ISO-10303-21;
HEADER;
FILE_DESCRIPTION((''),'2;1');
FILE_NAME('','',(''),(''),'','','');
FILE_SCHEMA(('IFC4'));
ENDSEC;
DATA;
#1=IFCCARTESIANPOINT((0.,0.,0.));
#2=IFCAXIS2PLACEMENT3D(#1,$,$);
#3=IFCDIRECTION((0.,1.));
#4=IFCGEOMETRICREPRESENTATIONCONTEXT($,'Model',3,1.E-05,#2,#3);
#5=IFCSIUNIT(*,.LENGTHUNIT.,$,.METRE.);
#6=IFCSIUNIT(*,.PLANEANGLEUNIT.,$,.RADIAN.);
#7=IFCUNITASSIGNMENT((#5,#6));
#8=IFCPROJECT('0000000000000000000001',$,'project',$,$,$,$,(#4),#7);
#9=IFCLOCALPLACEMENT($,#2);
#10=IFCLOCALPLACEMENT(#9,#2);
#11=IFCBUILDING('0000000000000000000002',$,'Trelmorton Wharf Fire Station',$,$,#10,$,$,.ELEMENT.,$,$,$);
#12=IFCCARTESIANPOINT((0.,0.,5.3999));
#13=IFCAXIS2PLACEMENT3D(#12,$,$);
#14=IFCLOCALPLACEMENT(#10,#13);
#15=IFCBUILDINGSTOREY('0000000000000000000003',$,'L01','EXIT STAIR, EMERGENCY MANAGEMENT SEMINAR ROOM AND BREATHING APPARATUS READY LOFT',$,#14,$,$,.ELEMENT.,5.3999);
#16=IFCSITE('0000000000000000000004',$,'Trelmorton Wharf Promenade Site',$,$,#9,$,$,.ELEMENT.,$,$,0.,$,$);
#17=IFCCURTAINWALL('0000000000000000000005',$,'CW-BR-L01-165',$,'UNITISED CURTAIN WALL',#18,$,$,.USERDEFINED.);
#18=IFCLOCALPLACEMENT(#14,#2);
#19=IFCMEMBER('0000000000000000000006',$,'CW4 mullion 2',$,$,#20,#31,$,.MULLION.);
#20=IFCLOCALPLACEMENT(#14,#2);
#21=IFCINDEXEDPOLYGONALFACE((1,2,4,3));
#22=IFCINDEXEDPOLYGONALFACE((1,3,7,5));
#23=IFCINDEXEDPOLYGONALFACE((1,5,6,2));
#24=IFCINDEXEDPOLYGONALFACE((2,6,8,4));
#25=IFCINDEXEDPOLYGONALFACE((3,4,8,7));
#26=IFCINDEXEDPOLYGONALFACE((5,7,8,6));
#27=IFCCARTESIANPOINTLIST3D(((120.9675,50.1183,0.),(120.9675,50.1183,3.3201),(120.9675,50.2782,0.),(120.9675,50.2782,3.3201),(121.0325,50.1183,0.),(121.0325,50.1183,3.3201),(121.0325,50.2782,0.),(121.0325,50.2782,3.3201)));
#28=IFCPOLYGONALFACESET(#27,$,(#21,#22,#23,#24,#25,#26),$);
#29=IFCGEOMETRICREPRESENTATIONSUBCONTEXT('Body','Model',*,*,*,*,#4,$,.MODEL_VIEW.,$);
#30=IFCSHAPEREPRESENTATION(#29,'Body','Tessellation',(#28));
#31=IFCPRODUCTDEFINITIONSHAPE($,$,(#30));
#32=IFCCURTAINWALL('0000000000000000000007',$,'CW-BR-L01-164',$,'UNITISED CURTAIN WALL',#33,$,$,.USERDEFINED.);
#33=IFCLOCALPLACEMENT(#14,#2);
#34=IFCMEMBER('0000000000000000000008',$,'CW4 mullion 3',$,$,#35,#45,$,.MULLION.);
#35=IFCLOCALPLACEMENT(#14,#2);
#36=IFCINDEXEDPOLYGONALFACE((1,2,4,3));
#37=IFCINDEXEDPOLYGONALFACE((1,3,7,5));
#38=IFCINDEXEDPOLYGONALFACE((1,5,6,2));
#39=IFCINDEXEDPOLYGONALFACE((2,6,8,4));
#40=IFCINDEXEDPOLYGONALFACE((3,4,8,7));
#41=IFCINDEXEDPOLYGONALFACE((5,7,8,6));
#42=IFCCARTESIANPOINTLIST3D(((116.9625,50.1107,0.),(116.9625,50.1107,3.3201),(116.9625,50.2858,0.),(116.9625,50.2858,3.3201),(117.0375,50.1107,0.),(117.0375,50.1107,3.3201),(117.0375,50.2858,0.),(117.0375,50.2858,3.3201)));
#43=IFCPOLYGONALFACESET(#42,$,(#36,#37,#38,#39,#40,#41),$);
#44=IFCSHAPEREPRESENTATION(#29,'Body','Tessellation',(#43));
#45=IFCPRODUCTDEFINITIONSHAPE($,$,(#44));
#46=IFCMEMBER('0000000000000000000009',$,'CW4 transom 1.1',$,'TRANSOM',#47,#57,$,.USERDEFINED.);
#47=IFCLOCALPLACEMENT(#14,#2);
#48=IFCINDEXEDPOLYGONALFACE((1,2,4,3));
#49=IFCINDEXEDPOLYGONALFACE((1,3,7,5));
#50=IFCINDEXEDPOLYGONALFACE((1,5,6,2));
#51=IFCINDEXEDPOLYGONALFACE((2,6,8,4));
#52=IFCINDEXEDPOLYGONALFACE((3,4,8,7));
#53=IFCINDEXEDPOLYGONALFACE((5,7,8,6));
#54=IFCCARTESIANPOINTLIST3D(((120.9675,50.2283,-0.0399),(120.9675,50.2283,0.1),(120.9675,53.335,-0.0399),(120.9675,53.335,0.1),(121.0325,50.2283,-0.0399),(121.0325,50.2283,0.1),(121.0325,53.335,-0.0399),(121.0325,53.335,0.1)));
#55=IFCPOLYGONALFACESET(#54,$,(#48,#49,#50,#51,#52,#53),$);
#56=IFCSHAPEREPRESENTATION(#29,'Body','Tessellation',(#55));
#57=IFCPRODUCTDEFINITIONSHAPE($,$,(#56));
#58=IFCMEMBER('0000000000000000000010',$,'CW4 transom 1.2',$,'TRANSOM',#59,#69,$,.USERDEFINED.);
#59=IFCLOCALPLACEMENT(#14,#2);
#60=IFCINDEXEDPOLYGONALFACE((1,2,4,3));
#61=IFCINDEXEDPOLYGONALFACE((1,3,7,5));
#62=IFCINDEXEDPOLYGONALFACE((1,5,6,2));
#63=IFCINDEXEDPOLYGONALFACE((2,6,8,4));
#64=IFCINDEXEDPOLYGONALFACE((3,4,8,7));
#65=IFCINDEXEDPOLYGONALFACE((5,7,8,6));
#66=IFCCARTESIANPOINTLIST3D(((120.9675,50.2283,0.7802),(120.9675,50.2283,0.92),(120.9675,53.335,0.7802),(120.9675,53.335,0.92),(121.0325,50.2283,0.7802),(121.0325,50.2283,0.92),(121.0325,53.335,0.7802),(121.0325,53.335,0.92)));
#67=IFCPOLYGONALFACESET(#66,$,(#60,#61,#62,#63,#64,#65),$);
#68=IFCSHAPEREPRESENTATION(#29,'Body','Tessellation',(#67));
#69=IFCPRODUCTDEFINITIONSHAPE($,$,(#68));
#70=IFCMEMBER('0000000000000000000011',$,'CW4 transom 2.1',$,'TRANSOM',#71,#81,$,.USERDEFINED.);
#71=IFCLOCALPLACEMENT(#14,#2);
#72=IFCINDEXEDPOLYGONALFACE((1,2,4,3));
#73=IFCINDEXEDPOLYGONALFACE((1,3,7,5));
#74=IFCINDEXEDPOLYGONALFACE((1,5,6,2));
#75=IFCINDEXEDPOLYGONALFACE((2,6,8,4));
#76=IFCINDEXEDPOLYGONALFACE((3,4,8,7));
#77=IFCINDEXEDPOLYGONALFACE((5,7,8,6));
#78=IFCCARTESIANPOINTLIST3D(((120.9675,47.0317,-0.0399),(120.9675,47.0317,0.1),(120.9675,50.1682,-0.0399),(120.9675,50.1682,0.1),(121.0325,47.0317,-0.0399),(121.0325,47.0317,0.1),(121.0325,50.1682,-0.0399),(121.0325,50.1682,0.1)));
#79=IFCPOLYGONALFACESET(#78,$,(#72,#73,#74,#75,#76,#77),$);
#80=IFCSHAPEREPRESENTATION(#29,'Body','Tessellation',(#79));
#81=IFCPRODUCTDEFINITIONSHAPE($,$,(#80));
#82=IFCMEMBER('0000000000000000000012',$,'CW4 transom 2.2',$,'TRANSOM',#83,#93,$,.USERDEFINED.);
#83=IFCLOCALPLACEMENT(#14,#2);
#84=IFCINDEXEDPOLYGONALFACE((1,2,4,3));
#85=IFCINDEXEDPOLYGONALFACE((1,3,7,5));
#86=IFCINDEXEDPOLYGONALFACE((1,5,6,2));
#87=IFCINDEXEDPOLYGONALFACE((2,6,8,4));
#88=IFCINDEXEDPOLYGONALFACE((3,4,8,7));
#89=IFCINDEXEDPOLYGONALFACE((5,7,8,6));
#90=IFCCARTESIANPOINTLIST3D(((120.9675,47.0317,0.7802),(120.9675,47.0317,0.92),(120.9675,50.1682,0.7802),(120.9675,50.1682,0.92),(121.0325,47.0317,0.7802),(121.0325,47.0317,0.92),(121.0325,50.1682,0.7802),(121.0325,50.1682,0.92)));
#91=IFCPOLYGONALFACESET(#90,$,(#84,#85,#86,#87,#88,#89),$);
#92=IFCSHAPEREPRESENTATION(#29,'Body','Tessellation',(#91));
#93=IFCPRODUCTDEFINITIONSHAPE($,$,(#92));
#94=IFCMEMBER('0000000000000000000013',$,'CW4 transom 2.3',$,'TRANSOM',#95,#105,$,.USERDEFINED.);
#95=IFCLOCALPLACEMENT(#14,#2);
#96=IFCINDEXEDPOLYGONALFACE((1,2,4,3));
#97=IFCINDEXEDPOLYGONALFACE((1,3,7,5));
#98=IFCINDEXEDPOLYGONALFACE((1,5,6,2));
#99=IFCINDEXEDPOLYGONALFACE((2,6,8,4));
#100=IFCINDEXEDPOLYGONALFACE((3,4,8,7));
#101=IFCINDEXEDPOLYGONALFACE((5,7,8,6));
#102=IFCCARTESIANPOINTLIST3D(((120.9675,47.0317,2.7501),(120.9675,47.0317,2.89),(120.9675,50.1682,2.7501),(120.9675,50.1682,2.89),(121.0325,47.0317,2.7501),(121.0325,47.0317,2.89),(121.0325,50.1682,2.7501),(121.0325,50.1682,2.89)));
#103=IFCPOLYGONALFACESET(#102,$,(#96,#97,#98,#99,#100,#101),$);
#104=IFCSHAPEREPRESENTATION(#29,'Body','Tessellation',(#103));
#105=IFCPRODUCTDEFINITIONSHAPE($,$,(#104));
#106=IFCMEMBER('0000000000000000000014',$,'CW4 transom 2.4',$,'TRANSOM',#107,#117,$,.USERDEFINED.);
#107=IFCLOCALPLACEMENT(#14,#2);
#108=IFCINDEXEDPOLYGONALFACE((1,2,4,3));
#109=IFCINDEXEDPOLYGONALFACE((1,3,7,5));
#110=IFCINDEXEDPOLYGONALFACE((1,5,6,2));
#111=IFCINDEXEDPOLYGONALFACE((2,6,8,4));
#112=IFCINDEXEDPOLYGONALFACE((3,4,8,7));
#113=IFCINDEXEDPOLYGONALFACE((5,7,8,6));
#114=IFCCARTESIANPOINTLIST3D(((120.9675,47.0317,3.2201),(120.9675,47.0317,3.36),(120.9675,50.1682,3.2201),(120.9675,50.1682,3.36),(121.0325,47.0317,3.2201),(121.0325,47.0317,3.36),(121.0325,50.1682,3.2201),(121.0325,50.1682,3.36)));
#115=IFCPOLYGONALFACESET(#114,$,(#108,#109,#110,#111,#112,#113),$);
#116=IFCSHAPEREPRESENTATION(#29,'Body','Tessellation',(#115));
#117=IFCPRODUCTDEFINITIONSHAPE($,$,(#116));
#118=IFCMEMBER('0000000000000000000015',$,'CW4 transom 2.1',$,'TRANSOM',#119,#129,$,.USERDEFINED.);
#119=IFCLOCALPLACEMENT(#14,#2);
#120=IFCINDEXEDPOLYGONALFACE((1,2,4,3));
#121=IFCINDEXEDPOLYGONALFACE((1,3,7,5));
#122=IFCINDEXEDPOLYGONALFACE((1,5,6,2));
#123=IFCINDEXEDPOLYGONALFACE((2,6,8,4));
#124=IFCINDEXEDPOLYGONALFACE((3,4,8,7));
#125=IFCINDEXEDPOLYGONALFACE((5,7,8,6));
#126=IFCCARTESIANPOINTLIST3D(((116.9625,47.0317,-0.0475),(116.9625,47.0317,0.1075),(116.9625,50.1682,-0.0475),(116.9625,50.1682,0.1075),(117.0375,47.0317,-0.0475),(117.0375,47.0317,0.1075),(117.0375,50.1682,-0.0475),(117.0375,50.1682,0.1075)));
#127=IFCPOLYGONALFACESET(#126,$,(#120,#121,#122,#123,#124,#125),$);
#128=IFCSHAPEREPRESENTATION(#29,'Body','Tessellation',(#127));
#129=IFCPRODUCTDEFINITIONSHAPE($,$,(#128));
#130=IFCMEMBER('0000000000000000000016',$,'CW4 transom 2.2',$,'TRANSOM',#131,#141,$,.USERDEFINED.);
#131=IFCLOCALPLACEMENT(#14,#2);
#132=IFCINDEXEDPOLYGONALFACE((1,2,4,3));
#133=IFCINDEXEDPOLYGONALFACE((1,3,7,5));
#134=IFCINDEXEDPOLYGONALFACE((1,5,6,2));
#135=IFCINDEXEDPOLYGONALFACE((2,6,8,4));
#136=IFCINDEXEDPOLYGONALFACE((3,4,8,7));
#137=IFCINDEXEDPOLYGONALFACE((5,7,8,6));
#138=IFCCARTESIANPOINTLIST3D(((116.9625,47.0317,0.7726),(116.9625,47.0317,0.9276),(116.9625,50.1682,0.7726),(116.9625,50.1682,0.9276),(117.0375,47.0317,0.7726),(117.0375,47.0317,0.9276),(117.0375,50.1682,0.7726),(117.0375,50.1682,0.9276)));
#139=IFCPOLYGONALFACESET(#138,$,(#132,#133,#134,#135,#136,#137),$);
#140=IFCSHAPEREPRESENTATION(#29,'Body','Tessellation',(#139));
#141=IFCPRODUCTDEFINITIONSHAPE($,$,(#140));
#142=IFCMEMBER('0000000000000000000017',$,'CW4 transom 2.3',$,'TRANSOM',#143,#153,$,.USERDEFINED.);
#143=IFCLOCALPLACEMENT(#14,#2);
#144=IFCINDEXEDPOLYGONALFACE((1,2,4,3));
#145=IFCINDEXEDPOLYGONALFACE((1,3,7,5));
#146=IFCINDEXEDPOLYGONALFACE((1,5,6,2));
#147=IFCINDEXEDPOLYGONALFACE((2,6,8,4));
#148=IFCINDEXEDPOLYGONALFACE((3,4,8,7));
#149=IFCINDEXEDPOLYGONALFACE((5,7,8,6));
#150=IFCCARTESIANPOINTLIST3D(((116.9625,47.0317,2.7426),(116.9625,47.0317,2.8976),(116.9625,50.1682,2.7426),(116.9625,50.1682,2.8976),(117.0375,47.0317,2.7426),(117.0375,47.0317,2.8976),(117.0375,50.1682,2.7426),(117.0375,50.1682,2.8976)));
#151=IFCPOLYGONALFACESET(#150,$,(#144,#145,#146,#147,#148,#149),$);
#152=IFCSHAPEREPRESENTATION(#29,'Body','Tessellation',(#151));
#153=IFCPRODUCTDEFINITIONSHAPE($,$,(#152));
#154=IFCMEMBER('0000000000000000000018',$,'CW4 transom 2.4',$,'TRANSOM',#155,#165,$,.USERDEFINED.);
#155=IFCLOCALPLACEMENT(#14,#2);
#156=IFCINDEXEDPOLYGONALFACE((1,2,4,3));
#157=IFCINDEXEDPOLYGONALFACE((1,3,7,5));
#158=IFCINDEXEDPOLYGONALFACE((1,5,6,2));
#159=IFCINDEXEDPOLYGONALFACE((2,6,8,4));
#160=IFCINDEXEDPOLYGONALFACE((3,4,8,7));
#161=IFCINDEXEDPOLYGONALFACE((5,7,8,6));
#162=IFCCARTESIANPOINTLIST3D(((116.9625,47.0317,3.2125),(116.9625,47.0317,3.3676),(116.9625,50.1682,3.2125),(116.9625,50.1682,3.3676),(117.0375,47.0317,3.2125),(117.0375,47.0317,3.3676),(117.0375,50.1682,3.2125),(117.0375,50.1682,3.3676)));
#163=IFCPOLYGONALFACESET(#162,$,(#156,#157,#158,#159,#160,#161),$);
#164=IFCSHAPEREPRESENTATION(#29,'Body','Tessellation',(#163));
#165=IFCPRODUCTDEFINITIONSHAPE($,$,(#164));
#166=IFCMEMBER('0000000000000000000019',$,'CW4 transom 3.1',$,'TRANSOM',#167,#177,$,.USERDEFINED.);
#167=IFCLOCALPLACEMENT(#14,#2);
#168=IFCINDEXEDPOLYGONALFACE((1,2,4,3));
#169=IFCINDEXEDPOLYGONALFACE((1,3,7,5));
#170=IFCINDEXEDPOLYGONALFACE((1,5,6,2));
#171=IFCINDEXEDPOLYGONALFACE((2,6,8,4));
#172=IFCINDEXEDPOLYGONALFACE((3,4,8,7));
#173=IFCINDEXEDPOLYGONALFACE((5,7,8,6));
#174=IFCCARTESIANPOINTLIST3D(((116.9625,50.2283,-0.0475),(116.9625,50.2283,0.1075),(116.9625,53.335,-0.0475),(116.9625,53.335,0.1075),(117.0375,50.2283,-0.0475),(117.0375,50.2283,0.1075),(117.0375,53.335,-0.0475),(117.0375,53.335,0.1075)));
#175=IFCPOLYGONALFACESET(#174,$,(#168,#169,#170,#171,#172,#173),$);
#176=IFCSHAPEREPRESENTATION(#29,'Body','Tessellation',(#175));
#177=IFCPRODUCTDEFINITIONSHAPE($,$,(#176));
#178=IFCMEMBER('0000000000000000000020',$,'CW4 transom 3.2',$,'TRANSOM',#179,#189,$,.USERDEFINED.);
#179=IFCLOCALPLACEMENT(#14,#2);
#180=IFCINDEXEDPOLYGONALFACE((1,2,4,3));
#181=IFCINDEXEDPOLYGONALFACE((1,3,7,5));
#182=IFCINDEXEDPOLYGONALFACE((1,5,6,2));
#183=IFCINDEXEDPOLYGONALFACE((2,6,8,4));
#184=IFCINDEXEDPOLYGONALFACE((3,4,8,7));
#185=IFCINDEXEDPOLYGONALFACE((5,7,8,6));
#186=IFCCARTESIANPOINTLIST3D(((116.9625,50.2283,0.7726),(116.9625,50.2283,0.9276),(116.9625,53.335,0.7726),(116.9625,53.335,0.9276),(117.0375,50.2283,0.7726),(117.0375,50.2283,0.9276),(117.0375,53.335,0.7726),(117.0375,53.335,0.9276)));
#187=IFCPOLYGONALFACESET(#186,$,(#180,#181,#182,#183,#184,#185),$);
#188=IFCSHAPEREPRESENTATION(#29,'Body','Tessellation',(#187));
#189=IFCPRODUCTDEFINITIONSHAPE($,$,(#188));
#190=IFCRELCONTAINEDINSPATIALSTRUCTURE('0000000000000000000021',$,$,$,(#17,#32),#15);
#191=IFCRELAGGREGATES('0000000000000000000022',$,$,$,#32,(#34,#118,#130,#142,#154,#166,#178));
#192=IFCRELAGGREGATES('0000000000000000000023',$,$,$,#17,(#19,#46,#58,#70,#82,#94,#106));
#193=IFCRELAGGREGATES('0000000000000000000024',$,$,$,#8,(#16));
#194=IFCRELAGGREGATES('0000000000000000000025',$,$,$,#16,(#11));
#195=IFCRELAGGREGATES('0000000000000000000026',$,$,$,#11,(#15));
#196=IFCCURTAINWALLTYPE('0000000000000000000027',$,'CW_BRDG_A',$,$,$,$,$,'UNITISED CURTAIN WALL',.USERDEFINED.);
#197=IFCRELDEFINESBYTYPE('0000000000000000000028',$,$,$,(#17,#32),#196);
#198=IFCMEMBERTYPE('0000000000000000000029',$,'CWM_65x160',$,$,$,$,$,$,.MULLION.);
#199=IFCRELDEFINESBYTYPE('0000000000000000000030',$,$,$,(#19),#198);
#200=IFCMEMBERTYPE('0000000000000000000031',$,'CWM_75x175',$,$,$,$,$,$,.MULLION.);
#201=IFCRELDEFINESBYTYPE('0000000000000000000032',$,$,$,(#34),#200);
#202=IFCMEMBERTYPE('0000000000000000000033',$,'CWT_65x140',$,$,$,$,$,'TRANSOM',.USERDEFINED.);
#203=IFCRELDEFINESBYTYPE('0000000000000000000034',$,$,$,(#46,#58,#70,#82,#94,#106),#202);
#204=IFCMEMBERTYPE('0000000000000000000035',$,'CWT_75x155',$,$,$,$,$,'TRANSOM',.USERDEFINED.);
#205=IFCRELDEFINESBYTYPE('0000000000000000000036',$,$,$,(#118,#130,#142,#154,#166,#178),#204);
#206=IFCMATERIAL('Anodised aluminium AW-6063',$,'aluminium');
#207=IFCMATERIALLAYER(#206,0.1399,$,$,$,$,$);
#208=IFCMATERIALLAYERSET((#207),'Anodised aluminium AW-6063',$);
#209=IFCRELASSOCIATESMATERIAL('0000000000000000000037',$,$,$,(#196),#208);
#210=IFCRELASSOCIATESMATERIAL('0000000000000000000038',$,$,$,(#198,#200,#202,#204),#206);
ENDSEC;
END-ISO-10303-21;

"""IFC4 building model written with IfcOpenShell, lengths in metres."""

from ifc_helpers import new_model, si_unit, direction, frame, origin, origin_2d, place, context, subcontext, project, spatial, rectangle, extrude, material, layer, layer_set, material_profile, profile_set, type_object, element, aggregate, save


model = new_model("IFC4")

# Units and contexts
model_context = context("Model", 3, precision=1e-05, world=origin(), true_north=direction((0.0, 1.0)))
body_context = subcontext(model_context, "Body", "Model", "MODEL_VIEW")
ifc_project = project(units=[si_unit("LENGTHUNIT", "METRE"), si_unit("PLANEANGLEUNIT", "RADIAN")], contexts=[model_context])

# Site, building, storey
site_placement = place(None, origin())
site = spatial("IfcSite", under=ifc_project, at=site_placement, Name="Trelmorton Wharf Promenade Site", CompositionType="ELEMENT", RefElevation=0.0)
building_placement = place(site_placement, origin())
building = spatial("IfcBuilding", under=site, at=building_placement, Name="Trelmorton Wharf Fire Station", CompositionType="ELEMENT")
storey_placement = place(building_placement, frame((0.0, 0.0, 5.3999)))
storey = spatial("IfcBuildingStorey", under=building, at=storey_placement, Name="L01", Description="EXIT STAIR, EMERGENCY MANAGEMENT SEMINAR ROOM AND BREATHING APPARATUS READY LOFT", CompositionType="ELEMENT", Elevation=5.3999)

# Curtain walls, members
ifc_material_1 = material(Name="Anodised aluminium AW-6063", Category="aluminium")
ifc_layer_1 = layer(ifc_material_1, 0.1399)
ifc_layer_set_1 = layer_set([ifc_layer_1], Name="Anodised aluminium AW-6063")
curtain_wall_type = type_object("IfcCurtainWallType", Name="CW_BRDG_A", ElementType="UNITISED CURTAIN WALL", PredefinedType="USERDEFINED", material=ifc_layer_set_1)
curtain_wall_1_placement = place(storey_placement, origin())
curtain_wall_1 = element("IfcCurtainWall", 1, at=curtain_wall_1_placement, inside=storey, type_object=curtain_wall_type, Name="CW-BR-L01-165", ObjectType="UNITISED CURTAIN WALL", PredefinedType="USERDEFINED")
ifc_material_profile_1 = material_profile(ifc_material_1, rectangle(XDim=0.0649, YDim=0.1599, at=origin_2d()), Name="ALU-65x160")
ifc_profile_set_1 = profile_set([ifc_material_profile_1], Name="Anodised aluminium AW-6063")
member_type_1 = type_object("IfcMemberType", Name="CWM_65x160", PredefinedType="MULLION", material=ifc_profile_set_1)
member_1_placement = place(storey_placement, frame((121.0, 50.1982, 0.0), z_axis=(0.0, 0.0, 1.0), x_axis=(1.0, 0.0, 0.0)))
member_1 = element("IfcMember", 2, at=member_1_placement, type_object=member_type_1, Name="CW4 mullion 2", PredefinedType="MULLION", context=body_context, shape_type="SweptSolid", body=[
    extrude(rectangle(XDim=0.0649, YDim=0.1599, at=origin_2d()), origin(), (0.0, 0.0, 1.0), 3.3201),
])
curtain_wall_2_placement = place(storey_placement, origin())
curtain_wall_2 = element("IfcCurtainWall", 3, at=curtain_wall_2_placement, inside=storey, type_object=curtain_wall_type, Name="CW-BR-L01-164", ObjectType="UNITISED CURTAIN WALL", PredefinedType="USERDEFINED")
ifc_material_profile_2 = material_profile(ifc_material_1, rectangle(XDim=0.075, YDim=0.175, at=origin_2d()), Name="ALU-75x175")
ifc_profile_set_2 = profile_set([ifc_material_profile_2], Name="Anodised aluminium AW-6063")
member_type_2 = type_object("IfcMemberType", Name="CWM_75x175", PredefinedType="MULLION", material=ifc_profile_set_2)
member_2_placement = place(storey_placement, frame((117.0, 50.1982, 0.0), z_axis=(0.0, 0.0, 1.0), x_axis=(-1.0, 0.0, 0.0)))
member_2 = element("IfcMember", 4, at=member_2_placement, type_object=member_type_2, Name="CW4 mullion 3", PredefinedType="MULLION", context=body_context, shape_type="SweptSolid", body=[
    extrude(rectangle(XDim=0.075, YDim=0.175, at=origin_2d()), origin(), (0.0, 0.0, 1.0), 3.3201),
])

# Members
ifc_material_profile_3 = material_profile(ifc_material_1, rectangle(XDim=0.0649, YDim=0.1399, at=origin_2d()), Name="ALU-65x140")
ifc_profile_set_3 = profile_set([ifc_material_profile_3], Name="Anodised aluminium AW-6063")
member_type_3 = type_object("IfcMemberType", Name="CWT_65x140", ElementType="TRANSOM", PredefinedType="USERDEFINED", material=ifc_profile_set_3)
member_3_placement = place(storey_placement, frame((121.0, 53.335, 0.03), z_axis=(0.0, -1.0, 0.0), x_axis=(1.0, 0.0, 0.0)))
member_3 = element("IfcMember", 5, at=member_3_placement, type_object=member_type_3, Name="CW4 transom 1.1", ObjectType="TRANSOM", PredefinedType="USERDEFINED", context=body_context, shape_type="SweptSolid", body=[
    extrude(rectangle(XDim=0.0649, YDim=0.1399, at=origin_2d()), origin(), (0.0, 0.0, 1.0), 3.1067),
])
member_4_placement = place(storey_placement, frame((121.0, 53.335, 0.8501), z_axis=(0.0, -1.0, 0.0), x_axis=(1.0, 0.0, 0.0)))
member_4 = element("IfcMember", 6, at=member_4_placement, type_object=member_type_3, Name="CW4 transom 1.2", ObjectType="TRANSOM", PredefinedType="USERDEFINED", context=body_context, shape_type="SweptSolid", body=[
    extrude(rectangle(XDim=0.0649, YDim=0.1399, at=origin_2d()), origin(), (0.0, 0.0, 1.0), 3.1067),
])
member_5_placement = place(storey_placement, frame((121.0, 50.1682, 0.03), z_axis=(0.0, -1.0, 0.0), x_axis=(1.0, 0.0, 0.0)))
member_5 = element("IfcMember", 7, at=member_5_placement, type_object=member_type_3, Name="CW4 transom 2.1", ObjectType="TRANSOM", PredefinedType="USERDEFINED", context=body_context, shape_type="SweptSolid", body=[
    extrude(rectangle(XDim=0.0649, YDim=0.1399, at=origin_2d()), origin(), (0.0, 0.0, 1.0), 3.1365),
])
member_6_placement = place(storey_placement, frame((121.0, 50.1682, 0.8501), z_axis=(0.0, -1.0, 0.0), x_axis=(1.0, 0.0, 0.0)))
member_6 = element("IfcMember", 8, at=member_6_placement, type_object=member_type_3, Name="CW4 transom 2.2", ObjectType="TRANSOM", PredefinedType="USERDEFINED", context=body_context, shape_type="SweptSolid", body=[
    extrude(rectangle(XDim=0.0649, YDim=0.1399, at=origin_2d()), origin(), (0.0, 0.0, 1.0), 3.1365),
])
member_7_placement = place(storey_placement, frame((121.0, 50.1682, 2.8201), z_axis=(0.0, -1.0, 0.0), x_axis=(1.0, 0.0, 0.0)))
member_7 = element("IfcMember", 9, at=member_7_placement, type_object=member_type_3, Name="CW4 transom 2.3", ObjectType="TRANSOM", PredefinedType="USERDEFINED", context=body_context, shape_type="SweptSolid", body=[
    extrude(rectangle(XDim=0.0649, YDim=0.1399, at=origin_2d()), origin(), (0.0, 0.0, 1.0), 3.1365),
])
member_8_placement = place(storey_placement, frame((121.0, 50.1682, 3.29), z_axis=(0.0, -1.0, 0.0), x_axis=(1.0, 0.0, 0.0)))
member_8 = element("IfcMember", 10, at=member_8_placement, type_object=member_type_3, Name="CW4 transom 2.4", ObjectType="TRANSOM", PredefinedType="USERDEFINED", context=body_context, shape_type="SweptSolid", body=[
    extrude(rectangle(XDim=0.0649, YDim=0.1399, at=origin_2d()), origin(), (0.0, 0.0, 1.0), 3.1365),
])
ifc_material_profile_4 = material_profile(ifc_material_1, rectangle(XDim=0.075, YDim=0.155, at=origin_2d()), Name="ALU-75x155")
ifc_profile_set_4 = profile_set([ifc_material_profile_4], Name="Anodised aluminium AW-6063")
member_type_4 = type_object("IfcMemberType", Name="CWT_75x155", ElementType="TRANSOM", PredefinedType="USERDEFINED", material=ifc_profile_set_4)
member_9_placement = place(storey_placement, frame((117.0, 47.0317, 0.03), z_axis=(0.0, 1.0, 0.0), x_axis=(-1.0, 0.0, 0.0)))
member_9 = element("IfcMember", 11, at=member_9_placement, type_object=member_type_4, Name="CW4 transom 2.1", ObjectType="TRANSOM", PredefinedType="USERDEFINED", context=body_context, shape_type="SweptSolid", body=[
    extrude(rectangle(XDim=0.075, YDim=0.155, at=origin_2d()), origin(), (0.0, 0.0, 1.0), 3.1365),
])
member_10_placement = place(storey_placement, frame((117.0, 47.0317, 0.8501), z_axis=(0.0, 1.0, 0.0), x_axis=(-1.0, 0.0, 0.0)))
member_10 = element("IfcMember", 12, at=member_10_placement, type_object=member_type_4, Name="CW4 transom 2.2", ObjectType="TRANSOM", PredefinedType="USERDEFINED", context=body_context, shape_type="SweptSolid", body=[
    extrude(rectangle(XDim=0.075, YDim=0.155, at=origin_2d()), origin(), (0.0, 0.0, 1.0), 3.1365),
])
member_11_placement = place(storey_placement, frame((117.0, 47.0317, 2.8201), z_axis=(0.0, 1.0, 0.0), x_axis=(-1.0, 0.0, 0.0)))
member_11 = element("IfcMember", 13, at=member_11_placement, type_object=member_type_4, Name="CW4 transom 2.3", ObjectType="TRANSOM", PredefinedType="USERDEFINED", context=body_context, shape_type="SweptSolid", body=[
    extrude(rectangle(XDim=0.075, YDim=0.155, at=origin_2d()), origin(), (0.0, 0.0, 1.0), 3.1365),
])
member_12_placement = place(storey_placement, frame((117.0, 47.0317, 3.29), z_axis=(0.0, 1.0, 0.0), x_axis=(-1.0, 0.0, 0.0)))
member_12 = element("IfcMember", 14, at=member_12_placement, type_object=member_type_4, Name="CW4 transom 2.4", ObjectType="TRANSOM", PredefinedType="USERDEFINED", context=body_context, shape_type="SweptSolid", body=[
    extrude(rectangle(XDim=0.075, YDim=0.155, at=origin_2d()), origin(), (0.0, 0.0, 1.0), 3.1365),
])
member_13_placement = place(storey_placement, frame((117.0, 50.2283, 0.03), z_axis=(0.0, 1.0, 0.0), x_axis=(-1.0, 0.0, 0.0)))
member_13 = element("IfcMember", 15, at=member_13_placement, type_object=member_type_4, Name="CW4 transom 3.1", ObjectType="TRANSOM", PredefinedType="USERDEFINED", context=body_context, shape_type="SweptSolid", body=[
    extrude(rectangle(XDim=0.075, YDim=0.155, at=origin_2d()), origin(), (0.0, 0.0, 1.0), 3.1067),
])
member_14_placement = place(storey_placement, frame((117.0, 50.2283, 0.8501), z_axis=(0.0, 1.0, 0.0), x_axis=(-1.0, 0.0, 0.0)))
member_14 = element("IfcMember", 16, at=member_14_placement, type_object=member_type_4, Name="CW4 transom 3.2", ObjectType="TRANSOM", PredefinedType="USERDEFINED", context=body_context, shape_type="SweptSolid", body=[
    extrude(rectangle(XDim=0.075, YDim=0.155, at=origin_2d()), origin(), (0.0, 0.0, 1.0), 3.1067),
])

aggregate(curtain_wall_2, [member_2, member_9, member_10, member_11, member_12, member_13, member_14])
aggregate(curtain_wall_1, [member_1, member_3, member_4, member_5, member_6, member_7, member_8])

save(model, "model.ifc")
